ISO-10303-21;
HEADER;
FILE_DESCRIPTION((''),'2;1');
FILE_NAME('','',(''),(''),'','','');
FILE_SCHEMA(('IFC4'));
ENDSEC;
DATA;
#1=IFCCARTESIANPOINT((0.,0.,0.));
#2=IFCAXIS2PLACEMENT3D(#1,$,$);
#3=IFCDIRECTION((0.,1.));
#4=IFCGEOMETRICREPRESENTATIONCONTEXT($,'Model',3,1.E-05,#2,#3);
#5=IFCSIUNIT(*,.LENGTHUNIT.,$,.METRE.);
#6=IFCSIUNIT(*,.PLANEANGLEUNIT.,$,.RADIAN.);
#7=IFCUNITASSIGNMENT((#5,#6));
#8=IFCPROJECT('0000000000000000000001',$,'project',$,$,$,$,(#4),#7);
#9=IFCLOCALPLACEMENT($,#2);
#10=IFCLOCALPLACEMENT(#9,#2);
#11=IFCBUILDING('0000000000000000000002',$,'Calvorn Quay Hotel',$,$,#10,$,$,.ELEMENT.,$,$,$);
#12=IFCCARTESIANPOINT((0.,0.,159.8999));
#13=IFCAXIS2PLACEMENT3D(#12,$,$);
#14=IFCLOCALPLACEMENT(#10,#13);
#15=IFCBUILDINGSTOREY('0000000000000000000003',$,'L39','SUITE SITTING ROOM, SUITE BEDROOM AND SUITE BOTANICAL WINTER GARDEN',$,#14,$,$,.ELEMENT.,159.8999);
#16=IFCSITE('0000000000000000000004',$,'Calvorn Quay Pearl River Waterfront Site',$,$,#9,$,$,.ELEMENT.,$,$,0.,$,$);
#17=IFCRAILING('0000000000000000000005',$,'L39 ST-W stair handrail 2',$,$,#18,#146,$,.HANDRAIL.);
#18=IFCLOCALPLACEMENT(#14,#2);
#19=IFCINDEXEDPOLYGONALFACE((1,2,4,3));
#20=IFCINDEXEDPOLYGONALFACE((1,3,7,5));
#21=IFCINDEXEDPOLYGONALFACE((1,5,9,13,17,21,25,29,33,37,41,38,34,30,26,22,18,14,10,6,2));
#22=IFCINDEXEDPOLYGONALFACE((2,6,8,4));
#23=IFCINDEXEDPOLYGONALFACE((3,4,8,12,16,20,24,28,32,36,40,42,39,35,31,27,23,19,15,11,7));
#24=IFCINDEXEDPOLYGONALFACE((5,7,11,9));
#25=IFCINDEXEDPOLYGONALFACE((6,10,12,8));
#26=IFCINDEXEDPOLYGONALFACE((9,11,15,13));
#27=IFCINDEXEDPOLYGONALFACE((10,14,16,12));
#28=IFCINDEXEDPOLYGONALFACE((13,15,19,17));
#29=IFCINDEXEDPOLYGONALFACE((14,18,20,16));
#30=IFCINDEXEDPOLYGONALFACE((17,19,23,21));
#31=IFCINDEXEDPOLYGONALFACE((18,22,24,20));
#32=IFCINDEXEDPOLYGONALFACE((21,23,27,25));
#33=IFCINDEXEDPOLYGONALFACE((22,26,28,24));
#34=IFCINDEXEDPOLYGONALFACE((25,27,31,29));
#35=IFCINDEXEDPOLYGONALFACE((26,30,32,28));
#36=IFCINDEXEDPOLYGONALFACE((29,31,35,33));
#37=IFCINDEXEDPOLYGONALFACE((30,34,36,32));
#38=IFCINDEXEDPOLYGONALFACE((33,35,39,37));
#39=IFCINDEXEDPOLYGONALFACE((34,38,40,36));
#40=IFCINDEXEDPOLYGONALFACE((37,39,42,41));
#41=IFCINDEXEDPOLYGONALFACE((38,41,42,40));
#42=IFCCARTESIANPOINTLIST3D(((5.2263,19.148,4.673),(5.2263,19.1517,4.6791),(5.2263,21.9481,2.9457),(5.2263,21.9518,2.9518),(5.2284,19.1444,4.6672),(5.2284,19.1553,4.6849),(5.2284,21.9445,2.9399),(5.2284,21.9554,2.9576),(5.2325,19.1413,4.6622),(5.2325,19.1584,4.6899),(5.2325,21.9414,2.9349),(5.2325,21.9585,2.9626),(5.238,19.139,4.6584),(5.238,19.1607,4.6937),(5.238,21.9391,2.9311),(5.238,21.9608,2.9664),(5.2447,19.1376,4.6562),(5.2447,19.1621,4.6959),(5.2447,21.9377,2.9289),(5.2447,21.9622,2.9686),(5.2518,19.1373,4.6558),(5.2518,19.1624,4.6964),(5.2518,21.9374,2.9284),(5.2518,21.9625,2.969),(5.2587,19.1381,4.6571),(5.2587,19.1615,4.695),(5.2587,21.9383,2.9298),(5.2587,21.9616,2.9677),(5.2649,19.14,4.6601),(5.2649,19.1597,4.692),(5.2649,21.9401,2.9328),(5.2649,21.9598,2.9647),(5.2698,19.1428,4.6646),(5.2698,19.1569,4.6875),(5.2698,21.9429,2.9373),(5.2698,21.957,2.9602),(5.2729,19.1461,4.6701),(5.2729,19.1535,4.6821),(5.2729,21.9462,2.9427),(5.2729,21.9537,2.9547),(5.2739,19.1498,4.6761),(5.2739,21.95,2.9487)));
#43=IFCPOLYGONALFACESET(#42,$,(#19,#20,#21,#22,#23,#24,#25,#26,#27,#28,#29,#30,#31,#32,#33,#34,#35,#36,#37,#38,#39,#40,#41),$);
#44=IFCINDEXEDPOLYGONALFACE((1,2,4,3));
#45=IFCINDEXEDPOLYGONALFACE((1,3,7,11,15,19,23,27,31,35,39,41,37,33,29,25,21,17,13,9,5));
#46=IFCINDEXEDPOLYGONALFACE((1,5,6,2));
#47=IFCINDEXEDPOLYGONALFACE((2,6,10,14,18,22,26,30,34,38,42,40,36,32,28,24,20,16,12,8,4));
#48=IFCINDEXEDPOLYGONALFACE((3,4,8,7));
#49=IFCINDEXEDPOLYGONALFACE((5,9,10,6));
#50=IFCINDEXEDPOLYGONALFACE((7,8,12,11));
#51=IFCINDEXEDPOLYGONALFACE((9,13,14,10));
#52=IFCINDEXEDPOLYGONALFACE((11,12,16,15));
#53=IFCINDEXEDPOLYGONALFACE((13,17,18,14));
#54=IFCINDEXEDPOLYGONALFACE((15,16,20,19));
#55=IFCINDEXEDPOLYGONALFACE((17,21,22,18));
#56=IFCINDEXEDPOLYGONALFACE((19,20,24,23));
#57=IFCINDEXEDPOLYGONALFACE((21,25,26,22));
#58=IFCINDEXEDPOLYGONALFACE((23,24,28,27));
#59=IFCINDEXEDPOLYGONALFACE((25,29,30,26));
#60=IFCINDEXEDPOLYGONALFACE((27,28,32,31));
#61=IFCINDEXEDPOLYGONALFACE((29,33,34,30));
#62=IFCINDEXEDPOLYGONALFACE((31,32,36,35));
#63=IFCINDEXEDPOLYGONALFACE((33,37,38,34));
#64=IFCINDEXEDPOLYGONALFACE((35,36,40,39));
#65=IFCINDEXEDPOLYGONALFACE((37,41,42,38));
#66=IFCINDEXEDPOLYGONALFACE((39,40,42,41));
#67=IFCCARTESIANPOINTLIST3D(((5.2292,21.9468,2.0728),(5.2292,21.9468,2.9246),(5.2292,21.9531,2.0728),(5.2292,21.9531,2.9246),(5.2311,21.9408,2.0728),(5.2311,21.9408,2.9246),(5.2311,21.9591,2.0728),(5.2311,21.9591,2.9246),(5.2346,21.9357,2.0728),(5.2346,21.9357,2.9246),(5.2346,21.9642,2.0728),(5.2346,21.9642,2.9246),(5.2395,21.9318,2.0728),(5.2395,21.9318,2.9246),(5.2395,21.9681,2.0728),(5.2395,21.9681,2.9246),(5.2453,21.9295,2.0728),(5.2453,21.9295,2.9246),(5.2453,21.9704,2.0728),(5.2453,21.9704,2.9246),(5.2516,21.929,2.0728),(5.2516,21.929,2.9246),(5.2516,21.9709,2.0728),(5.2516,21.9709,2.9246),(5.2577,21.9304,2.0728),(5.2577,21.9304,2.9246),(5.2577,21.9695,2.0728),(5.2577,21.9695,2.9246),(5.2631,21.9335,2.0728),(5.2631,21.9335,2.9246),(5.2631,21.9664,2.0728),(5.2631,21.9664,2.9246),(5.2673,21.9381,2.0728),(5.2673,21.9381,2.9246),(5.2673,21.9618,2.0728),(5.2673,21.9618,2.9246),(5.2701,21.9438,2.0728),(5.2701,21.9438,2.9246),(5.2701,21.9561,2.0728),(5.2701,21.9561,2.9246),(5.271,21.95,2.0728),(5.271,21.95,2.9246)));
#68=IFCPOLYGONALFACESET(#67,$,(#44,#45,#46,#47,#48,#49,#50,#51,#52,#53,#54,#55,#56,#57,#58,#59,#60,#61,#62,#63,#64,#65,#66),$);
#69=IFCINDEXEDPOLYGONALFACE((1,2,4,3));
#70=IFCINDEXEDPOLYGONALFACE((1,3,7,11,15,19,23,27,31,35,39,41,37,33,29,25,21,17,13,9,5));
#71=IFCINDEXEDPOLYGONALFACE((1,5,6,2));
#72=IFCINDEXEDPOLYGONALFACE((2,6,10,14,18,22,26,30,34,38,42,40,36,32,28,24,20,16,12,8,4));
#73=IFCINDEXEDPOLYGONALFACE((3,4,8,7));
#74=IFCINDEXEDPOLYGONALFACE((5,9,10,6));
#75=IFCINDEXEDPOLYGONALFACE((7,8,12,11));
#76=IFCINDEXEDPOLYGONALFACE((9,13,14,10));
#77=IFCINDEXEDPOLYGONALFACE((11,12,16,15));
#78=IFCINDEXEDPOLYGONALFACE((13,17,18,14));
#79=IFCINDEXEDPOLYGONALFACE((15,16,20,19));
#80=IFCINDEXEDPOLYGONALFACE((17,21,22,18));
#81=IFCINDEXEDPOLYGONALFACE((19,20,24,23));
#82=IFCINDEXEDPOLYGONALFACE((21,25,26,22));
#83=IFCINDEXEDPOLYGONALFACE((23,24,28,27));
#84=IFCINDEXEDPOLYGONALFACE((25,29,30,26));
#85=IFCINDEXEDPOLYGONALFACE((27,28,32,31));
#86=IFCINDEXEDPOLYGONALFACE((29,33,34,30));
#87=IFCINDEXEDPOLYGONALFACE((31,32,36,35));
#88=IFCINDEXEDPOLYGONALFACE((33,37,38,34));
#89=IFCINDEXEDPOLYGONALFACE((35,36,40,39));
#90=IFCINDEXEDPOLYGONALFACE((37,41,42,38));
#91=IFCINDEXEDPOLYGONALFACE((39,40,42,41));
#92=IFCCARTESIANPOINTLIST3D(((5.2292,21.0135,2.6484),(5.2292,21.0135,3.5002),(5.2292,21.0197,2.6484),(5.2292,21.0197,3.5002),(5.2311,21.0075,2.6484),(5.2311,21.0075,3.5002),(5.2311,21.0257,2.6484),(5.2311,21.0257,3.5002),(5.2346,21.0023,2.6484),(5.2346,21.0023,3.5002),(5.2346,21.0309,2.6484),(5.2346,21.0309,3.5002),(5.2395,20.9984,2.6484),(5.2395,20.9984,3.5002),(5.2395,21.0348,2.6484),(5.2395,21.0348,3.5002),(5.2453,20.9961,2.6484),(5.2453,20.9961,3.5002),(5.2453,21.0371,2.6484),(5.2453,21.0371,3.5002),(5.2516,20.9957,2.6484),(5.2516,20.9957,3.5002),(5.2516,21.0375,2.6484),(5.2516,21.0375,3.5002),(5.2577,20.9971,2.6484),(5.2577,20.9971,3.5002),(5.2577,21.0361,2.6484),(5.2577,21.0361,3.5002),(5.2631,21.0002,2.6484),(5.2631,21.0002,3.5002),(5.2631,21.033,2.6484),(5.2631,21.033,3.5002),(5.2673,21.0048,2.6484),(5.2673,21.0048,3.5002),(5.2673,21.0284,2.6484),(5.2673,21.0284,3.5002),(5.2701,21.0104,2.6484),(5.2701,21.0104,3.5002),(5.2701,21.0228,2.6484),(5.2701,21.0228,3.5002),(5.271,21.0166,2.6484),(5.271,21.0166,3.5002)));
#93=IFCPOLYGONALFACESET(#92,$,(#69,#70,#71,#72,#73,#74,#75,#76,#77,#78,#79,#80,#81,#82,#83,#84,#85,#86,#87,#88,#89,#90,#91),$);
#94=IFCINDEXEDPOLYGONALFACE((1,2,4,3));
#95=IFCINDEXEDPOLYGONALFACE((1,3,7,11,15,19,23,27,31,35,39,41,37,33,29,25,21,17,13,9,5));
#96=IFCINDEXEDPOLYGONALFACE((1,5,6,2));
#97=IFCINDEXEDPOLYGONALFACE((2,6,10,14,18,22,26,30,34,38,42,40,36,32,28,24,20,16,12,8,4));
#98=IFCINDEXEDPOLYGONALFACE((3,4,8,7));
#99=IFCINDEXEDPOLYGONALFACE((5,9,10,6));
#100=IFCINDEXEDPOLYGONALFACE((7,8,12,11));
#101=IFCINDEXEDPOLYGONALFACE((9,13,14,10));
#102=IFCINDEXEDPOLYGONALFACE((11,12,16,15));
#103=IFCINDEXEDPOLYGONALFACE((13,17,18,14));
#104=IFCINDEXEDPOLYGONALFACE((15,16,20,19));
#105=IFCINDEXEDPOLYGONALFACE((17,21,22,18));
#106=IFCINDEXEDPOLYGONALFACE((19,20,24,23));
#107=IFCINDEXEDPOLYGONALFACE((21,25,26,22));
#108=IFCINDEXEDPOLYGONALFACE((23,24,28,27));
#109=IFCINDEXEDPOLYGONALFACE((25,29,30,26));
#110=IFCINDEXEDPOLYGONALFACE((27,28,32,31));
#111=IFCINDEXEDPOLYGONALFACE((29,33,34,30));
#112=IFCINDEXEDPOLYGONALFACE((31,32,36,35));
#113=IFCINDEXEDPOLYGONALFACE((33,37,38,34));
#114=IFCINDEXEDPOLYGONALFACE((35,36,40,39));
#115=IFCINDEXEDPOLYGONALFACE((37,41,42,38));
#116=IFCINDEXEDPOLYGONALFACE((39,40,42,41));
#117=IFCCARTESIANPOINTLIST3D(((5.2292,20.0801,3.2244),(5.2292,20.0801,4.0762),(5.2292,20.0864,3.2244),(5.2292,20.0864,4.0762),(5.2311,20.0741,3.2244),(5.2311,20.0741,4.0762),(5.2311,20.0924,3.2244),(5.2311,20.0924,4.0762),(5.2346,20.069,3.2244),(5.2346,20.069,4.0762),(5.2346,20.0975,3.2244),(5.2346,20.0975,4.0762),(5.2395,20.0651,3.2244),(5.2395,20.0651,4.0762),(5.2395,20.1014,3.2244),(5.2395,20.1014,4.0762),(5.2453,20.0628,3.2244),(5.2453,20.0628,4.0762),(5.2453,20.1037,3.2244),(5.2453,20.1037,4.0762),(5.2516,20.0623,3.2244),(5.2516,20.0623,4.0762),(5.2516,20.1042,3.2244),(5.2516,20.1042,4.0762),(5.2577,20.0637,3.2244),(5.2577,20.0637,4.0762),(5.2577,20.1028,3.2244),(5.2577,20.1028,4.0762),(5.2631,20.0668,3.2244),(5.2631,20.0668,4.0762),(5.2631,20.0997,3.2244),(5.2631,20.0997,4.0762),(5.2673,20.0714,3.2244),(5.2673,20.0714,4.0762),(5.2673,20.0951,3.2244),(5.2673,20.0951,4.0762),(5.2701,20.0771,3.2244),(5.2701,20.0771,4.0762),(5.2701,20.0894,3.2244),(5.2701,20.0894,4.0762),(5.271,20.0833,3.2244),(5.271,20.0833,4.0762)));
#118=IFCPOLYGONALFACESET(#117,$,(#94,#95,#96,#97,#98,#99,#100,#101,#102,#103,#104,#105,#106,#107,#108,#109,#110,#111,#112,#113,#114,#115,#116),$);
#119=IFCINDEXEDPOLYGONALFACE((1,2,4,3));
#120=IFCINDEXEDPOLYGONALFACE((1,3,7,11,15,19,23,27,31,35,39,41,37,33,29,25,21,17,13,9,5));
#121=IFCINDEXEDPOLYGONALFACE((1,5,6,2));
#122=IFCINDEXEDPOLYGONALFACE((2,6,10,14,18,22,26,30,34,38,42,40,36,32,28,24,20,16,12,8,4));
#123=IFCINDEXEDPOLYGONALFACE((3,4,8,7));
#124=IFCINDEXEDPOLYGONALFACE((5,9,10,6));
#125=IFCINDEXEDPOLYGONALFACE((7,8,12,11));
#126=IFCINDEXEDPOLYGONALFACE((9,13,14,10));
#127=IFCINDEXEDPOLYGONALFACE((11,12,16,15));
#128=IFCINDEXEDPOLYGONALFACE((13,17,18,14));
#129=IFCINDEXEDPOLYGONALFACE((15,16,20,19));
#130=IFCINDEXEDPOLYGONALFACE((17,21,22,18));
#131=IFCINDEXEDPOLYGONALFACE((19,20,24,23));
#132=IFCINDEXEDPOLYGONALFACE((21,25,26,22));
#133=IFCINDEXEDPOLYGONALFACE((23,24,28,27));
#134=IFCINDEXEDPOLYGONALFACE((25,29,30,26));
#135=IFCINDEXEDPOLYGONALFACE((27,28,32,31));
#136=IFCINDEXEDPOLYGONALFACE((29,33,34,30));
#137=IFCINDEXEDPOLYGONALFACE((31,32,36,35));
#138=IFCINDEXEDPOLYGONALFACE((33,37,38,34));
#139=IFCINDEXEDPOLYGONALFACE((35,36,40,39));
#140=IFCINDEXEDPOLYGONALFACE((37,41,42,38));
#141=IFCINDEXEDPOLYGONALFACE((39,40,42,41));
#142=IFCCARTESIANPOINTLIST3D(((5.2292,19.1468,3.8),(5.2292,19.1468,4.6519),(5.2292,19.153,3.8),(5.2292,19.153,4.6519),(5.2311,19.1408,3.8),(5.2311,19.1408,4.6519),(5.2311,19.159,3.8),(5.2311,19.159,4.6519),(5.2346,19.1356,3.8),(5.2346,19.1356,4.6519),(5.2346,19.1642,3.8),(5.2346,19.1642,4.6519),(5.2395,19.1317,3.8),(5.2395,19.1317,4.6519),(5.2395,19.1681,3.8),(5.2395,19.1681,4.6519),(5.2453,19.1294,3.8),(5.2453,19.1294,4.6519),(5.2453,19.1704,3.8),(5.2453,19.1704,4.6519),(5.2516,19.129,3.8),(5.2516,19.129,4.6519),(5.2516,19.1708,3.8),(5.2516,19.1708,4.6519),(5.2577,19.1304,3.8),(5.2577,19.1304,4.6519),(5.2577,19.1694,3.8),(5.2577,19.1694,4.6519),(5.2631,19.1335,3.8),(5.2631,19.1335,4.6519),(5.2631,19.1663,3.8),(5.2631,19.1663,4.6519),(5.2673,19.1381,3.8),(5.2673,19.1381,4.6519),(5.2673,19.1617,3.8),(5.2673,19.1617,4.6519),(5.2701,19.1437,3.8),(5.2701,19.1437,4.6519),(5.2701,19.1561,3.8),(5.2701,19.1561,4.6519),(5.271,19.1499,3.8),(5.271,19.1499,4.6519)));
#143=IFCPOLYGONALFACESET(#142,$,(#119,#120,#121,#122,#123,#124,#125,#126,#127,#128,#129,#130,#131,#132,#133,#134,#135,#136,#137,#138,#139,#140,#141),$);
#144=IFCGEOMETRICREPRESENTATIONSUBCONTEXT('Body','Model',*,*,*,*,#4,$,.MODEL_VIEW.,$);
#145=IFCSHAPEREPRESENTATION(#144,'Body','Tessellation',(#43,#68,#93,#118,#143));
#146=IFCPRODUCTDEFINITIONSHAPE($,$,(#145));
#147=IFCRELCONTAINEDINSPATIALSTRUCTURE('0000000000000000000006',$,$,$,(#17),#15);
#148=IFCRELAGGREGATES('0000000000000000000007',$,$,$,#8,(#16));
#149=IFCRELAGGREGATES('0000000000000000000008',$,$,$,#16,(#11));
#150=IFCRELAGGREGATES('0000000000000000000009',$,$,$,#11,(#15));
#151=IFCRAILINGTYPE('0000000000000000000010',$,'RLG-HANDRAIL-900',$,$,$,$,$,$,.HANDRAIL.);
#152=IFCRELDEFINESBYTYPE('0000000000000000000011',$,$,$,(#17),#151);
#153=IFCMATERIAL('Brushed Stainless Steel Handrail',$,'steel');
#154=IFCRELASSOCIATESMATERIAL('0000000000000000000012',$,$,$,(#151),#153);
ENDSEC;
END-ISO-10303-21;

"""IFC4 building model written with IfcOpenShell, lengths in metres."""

from ifc_helpers import new_model, si_unit, direction, frame, origin, origin_2d, place, context, subcontext, project, spatial, circle, extrude, material, type_object, element, save


model = new_model("IFC4")

# Units and contexts
model_context = context("Model", 3, precision=1e-05, world=origin(), true_north=direction((0.0, 1.0)))
body_context = subcontext(model_context, "Body", "Model", "MODEL_VIEW")
ifc_project = project(units=[si_unit("LENGTHUNIT", "METRE"), si_unit("PLANEANGLEUNIT", "RADIAN")], contexts=[model_context])

# Site, building, storey
site_placement = place(None, origin())
site = spatial("IfcSite", under=ifc_project, at=site_placement, Name="Calvorn Quay Pearl River Waterfront Site", CompositionType="ELEMENT", RefElevation=0.0)
building_placement = place(site_placement, origin())
building = spatial("IfcBuilding", under=site, at=building_placement, Name="Calvorn Quay Hotel", CompositionType="ELEMENT")
storey_placement = place(building_placement, frame((0.0, 0.0, 159.8999)))
storey = spatial("IfcBuildingStorey", under=building, at=storey_placement, Name="L39", Description="SUITE SITTING ROOM, SUITE BEDROOM AND SUITE BOTANICAL WINTER GARDEN", CompositionType="ELEMENT", Elevation=159.8999)

# Railing
ifc_material_1 = material(Name="Brushed Stainless Steel Handrail", Category="steel")
railing_type_1 = type_object("IfcRailingType", Name="RLG-HANDRAIL-900", PredefinedType="HANDRAIL", material=ifc_material_1)
railing_1_placement = place(storey_placement, frame((5.25, 21.95, 2.0728)))
element("IfcRailing", 1, at=railing_1_placement, inside=storey, type_object=railing_type_1, Name="L39 ST-W stair handrail 2", PredefinedType="HANDRAIL", context=body_context, shape_type="SweptSolid", body=[
    extrude(circle(Radius=0.0239, at=origin_2d()), frame((0.0, 0.0, 0.876), z_axis=(0.0, -0.85109, 0.52502), x_axis=(1.0, 0.0, 0.0)), (0.0, 0.0, 1.0), 3.29),
    extrude(circle(Radius=0.021, at=origin_2d()), origin(), (0.0, 0.0, 1.0), 0.8518),
    extrude(circle(Radius=0.021, at=origin_2d()), frame((0.0, -0.9333, 0.5757)), (0.0, 0.0, 1.0), 0.8518),
    extrude(circle(Radius=0.021, at=origin_2d()), frame((0.0, -1.8667, 1.1516)), (0.0, 0.0, 1.0), 0.8518),
    extrude(circle(Radius=0.021, at=origin_2d()), frame((0.0, -2.8, 1.7273)), (0.0, 0.0, 1.0), 0.8518),
])

save(model, "model.ifc")
